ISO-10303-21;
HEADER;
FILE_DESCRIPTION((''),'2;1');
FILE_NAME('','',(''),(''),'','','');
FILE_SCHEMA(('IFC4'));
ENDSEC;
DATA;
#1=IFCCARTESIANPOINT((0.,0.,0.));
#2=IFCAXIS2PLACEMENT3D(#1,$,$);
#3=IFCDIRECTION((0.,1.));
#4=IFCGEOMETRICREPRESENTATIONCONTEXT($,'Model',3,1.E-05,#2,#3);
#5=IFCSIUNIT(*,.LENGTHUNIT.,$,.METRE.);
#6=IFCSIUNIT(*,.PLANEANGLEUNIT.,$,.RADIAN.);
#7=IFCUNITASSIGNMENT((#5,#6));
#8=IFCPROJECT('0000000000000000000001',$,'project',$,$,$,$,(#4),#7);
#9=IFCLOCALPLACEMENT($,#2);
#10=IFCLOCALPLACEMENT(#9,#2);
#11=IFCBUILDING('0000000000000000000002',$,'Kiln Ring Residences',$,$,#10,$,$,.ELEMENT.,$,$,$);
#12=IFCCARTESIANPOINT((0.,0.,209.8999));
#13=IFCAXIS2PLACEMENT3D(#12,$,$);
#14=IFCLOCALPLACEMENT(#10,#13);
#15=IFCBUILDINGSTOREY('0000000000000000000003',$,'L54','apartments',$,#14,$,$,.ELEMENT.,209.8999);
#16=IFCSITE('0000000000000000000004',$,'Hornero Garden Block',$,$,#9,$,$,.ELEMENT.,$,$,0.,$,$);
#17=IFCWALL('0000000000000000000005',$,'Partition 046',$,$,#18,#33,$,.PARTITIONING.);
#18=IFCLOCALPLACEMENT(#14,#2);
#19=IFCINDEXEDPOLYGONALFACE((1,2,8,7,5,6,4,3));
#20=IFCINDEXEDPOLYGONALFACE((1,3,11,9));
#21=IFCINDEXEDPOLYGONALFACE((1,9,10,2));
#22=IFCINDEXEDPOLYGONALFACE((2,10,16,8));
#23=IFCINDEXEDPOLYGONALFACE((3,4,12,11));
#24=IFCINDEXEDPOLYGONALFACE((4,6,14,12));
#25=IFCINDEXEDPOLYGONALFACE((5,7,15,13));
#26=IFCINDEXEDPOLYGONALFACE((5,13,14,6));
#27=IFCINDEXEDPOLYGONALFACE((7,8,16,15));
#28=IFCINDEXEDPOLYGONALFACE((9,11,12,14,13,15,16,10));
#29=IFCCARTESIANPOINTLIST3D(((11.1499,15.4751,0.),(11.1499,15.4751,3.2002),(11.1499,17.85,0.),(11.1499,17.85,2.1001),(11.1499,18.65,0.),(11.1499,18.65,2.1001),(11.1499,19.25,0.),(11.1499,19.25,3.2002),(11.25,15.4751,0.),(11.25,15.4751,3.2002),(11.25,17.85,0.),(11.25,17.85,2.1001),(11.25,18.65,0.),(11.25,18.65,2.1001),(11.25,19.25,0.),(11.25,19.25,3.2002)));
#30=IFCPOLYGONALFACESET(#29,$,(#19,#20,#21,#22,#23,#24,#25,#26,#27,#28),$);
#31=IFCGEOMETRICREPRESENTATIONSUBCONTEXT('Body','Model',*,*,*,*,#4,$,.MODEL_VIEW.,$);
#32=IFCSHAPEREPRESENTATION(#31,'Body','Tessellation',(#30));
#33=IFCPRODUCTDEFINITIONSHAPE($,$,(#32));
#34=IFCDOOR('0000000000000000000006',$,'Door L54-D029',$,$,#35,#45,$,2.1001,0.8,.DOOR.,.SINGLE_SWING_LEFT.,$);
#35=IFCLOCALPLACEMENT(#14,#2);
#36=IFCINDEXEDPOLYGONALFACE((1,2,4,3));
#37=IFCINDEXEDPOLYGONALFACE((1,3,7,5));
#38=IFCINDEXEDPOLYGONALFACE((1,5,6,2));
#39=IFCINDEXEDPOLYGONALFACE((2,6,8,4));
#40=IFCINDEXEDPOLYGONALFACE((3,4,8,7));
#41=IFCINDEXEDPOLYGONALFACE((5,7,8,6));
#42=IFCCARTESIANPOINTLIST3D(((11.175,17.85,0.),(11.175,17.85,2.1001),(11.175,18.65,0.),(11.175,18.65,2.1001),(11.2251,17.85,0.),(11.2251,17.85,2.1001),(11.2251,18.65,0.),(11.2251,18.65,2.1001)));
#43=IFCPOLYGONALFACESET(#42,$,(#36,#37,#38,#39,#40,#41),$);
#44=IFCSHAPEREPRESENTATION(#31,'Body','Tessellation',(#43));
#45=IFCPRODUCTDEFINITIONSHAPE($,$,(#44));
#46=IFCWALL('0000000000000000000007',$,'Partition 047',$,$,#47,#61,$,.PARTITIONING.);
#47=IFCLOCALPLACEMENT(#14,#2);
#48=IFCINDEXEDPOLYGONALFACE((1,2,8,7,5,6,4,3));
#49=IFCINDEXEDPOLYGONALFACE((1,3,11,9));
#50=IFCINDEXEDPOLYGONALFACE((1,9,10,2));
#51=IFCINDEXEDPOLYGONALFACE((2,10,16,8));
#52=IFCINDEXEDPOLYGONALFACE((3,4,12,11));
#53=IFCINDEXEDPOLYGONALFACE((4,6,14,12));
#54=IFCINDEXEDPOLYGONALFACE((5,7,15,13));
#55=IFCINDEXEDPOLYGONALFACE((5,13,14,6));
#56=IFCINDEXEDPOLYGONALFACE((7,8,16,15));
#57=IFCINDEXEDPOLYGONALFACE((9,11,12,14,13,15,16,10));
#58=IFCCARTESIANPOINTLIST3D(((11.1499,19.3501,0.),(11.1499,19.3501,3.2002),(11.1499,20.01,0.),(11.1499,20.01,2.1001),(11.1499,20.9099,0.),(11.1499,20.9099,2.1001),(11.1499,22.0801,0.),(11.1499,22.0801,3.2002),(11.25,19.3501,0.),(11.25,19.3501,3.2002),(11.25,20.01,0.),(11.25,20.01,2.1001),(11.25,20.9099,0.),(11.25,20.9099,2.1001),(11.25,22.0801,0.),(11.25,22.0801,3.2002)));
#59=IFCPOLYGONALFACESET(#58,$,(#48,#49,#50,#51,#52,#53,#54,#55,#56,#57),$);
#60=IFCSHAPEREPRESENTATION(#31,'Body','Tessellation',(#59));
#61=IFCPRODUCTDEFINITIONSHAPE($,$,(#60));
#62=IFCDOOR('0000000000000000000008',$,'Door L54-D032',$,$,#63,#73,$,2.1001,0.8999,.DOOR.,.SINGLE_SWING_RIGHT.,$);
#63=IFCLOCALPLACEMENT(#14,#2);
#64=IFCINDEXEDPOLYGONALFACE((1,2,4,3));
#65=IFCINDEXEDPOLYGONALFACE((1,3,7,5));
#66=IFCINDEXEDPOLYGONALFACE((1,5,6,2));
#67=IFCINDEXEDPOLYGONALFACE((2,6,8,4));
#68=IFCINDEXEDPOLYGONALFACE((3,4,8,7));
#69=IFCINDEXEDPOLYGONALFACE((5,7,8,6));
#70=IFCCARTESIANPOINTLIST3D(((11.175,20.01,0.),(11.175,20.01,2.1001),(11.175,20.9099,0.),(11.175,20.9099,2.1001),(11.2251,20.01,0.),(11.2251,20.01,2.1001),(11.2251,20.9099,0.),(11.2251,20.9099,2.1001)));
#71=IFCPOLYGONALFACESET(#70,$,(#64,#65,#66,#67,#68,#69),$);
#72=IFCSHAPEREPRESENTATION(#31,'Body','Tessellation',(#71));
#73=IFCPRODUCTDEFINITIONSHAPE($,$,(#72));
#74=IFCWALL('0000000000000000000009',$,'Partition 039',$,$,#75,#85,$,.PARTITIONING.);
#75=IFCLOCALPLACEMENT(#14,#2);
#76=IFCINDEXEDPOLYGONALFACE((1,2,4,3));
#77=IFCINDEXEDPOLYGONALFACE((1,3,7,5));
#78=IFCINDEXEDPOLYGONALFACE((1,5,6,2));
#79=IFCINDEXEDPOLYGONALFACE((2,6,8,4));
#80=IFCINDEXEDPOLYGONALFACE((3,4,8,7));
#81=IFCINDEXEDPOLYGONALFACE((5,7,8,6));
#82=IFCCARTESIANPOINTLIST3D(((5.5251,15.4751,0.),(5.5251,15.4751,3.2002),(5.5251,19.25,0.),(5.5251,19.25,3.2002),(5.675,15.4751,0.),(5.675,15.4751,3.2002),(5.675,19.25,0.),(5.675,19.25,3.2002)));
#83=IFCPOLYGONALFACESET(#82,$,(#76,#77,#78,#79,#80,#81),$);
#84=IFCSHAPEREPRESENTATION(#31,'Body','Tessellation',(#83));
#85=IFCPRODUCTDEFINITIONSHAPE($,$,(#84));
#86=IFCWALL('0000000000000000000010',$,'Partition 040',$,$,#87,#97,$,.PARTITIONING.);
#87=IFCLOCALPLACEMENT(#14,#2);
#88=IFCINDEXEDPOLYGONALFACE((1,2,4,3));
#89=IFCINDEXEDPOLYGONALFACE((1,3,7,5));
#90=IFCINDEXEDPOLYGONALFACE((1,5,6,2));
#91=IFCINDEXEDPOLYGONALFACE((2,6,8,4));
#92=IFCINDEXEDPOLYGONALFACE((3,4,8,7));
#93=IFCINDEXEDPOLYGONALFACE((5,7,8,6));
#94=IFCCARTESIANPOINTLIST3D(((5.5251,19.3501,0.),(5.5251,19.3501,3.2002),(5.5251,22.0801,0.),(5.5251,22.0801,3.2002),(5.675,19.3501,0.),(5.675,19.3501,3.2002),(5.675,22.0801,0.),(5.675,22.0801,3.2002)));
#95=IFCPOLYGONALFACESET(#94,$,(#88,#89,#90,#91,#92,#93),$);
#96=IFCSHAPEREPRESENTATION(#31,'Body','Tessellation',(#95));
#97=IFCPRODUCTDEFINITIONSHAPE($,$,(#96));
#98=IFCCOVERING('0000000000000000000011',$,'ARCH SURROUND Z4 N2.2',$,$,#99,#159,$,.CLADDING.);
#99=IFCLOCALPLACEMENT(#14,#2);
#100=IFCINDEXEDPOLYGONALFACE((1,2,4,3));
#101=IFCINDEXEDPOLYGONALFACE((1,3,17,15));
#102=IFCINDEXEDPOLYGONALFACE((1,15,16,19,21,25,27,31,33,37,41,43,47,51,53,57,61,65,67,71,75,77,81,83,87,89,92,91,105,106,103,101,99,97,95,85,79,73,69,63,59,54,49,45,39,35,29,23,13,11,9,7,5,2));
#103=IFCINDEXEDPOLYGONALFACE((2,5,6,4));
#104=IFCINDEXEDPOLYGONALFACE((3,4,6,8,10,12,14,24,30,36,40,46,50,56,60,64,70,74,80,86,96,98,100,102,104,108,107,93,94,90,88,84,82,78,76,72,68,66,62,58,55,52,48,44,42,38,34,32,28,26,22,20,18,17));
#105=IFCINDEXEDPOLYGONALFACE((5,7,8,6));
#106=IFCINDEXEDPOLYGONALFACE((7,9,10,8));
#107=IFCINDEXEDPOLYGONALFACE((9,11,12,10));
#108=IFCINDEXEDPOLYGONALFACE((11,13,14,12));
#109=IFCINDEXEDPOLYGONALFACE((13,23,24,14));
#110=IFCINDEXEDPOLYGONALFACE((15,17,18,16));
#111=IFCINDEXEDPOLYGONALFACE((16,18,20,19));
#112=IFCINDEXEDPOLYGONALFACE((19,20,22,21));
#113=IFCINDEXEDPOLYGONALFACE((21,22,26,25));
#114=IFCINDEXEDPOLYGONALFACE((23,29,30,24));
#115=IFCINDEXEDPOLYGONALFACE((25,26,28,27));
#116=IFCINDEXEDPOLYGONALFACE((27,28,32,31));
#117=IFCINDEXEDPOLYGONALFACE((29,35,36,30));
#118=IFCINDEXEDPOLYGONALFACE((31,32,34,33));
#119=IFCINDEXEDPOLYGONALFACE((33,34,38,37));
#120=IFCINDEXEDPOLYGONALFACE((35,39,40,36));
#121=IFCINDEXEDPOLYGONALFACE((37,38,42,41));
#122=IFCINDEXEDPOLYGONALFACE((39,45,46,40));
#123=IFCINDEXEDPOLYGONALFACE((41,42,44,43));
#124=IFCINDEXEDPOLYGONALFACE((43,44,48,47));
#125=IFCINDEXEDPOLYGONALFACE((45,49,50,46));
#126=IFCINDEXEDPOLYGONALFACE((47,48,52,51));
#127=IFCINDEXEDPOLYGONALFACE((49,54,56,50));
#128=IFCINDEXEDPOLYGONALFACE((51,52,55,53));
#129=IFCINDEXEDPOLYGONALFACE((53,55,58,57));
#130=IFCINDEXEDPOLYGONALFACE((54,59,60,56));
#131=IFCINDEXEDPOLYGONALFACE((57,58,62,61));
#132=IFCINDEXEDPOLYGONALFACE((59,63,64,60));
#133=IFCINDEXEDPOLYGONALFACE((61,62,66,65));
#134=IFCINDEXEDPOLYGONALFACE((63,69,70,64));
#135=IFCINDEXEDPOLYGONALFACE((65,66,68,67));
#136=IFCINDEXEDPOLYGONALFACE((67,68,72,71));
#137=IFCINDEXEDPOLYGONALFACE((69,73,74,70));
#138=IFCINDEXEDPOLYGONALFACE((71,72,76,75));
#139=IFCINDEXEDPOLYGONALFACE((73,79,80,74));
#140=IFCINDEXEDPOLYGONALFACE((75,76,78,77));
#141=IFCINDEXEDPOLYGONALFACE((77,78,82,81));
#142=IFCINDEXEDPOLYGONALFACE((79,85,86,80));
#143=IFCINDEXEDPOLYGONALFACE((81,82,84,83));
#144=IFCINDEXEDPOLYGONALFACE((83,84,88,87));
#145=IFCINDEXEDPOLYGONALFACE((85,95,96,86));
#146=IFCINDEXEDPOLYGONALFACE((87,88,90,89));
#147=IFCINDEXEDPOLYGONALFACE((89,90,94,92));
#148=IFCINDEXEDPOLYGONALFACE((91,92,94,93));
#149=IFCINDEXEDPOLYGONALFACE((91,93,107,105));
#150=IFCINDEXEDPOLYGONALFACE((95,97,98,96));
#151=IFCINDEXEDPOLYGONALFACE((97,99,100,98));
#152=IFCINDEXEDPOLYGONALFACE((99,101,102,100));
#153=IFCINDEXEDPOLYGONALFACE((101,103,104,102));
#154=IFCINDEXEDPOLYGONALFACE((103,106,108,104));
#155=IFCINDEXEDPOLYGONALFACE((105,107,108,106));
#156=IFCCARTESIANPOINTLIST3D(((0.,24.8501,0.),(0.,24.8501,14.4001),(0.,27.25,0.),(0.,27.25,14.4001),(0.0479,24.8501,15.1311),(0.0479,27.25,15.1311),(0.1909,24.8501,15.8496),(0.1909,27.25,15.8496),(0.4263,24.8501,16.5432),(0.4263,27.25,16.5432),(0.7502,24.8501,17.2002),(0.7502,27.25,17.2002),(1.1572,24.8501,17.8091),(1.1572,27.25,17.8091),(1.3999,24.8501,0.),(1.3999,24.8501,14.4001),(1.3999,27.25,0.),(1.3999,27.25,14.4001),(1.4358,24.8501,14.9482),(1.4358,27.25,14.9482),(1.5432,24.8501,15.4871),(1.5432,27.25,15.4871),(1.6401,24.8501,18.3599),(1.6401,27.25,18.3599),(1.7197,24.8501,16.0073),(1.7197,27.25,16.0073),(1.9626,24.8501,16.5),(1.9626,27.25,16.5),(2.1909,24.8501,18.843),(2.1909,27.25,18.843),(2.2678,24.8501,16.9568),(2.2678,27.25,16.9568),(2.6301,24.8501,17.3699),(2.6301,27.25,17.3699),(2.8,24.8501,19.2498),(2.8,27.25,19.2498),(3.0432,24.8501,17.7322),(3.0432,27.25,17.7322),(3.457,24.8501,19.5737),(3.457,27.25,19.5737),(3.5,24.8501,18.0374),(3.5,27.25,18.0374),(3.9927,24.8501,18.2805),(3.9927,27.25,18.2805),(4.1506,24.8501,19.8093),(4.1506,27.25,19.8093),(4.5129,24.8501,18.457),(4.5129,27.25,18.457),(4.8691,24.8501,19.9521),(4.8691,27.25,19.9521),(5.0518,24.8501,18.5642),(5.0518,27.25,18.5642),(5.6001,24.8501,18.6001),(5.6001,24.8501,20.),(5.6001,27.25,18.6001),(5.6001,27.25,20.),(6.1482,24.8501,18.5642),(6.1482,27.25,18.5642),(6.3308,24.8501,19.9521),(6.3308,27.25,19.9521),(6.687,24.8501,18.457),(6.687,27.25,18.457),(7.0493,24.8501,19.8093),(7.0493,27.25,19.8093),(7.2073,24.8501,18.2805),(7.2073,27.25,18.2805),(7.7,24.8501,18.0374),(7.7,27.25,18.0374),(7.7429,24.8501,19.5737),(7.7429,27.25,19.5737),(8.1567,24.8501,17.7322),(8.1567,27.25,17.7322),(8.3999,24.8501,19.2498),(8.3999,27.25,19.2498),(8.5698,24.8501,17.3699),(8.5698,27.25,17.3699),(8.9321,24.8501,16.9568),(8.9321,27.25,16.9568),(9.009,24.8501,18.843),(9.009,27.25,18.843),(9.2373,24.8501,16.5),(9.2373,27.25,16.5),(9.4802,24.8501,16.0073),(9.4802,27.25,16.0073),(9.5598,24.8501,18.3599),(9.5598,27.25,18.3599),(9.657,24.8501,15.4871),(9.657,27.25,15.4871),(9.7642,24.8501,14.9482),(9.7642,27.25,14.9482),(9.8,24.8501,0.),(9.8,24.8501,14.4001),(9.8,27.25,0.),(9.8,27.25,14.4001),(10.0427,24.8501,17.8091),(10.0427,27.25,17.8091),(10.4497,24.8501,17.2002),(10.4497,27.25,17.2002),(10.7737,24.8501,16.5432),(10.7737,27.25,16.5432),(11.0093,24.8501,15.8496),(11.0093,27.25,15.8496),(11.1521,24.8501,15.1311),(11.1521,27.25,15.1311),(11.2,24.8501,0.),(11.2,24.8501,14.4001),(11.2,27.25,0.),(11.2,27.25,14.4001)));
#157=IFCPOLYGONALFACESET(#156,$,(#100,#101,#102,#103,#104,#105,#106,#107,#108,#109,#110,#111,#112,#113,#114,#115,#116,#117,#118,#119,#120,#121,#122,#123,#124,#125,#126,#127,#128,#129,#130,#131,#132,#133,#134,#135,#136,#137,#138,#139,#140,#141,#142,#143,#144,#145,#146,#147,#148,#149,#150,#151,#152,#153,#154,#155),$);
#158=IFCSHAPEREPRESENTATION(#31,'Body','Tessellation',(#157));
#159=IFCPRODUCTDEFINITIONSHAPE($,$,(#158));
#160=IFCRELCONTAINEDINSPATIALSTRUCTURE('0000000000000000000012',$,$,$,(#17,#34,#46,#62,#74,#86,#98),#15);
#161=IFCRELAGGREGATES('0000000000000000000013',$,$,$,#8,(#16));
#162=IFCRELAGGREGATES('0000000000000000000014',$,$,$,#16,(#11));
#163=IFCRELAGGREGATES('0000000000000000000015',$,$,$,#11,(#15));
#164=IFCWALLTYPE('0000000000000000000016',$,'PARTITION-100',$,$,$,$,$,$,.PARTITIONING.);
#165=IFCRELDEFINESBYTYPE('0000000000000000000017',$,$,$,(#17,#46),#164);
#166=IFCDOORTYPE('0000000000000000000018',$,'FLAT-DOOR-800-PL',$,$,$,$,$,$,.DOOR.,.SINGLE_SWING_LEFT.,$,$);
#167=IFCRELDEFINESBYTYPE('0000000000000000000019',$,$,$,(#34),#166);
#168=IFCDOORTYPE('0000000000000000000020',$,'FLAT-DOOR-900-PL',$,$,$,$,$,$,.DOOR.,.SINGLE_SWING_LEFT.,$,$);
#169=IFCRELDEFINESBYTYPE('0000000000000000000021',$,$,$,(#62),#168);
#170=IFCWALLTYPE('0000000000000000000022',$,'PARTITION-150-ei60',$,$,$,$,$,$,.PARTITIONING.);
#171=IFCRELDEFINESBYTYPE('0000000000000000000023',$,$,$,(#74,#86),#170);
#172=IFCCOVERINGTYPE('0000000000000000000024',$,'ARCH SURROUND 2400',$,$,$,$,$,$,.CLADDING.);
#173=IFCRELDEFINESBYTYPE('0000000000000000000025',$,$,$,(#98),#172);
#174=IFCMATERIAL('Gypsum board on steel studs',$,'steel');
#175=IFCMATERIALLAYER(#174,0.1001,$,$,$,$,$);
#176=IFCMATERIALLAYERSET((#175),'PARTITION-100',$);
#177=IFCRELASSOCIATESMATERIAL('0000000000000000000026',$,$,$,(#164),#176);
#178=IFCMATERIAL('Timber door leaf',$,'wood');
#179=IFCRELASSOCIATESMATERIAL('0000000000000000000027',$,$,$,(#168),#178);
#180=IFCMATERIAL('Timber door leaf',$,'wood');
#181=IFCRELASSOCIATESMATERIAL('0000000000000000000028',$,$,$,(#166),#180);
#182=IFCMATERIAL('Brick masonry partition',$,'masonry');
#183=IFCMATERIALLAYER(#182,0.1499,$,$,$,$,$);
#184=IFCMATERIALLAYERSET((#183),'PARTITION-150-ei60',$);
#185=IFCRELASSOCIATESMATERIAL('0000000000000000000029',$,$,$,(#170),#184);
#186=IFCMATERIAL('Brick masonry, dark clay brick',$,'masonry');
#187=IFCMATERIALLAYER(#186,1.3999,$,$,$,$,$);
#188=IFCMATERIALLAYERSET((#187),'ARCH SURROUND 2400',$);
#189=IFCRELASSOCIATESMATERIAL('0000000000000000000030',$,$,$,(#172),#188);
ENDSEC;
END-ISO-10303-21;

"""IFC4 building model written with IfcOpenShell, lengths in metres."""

from ifc_helpers import new_model, si_unit, direction, frame, frame_2d, origin, place, context, subcontext, project, spatial, polyline, rectangle, outline, extrude, material, layer, layer_set, type_object, element, fill, save


model = new_model("IFC4")

# Units and contexts
model_context = context("Model", 3, precision=1e-05, world=origin(), true_north=direction((0.0, 1.0)))
body_context = subcontext(model_context, "Body", "Model", "MODEL_VIEW")
ifc_project = project(units=[si_unit("LENGTHUNIT", "METRE"), si_unit("PLANEANGLEUNIT", "RADIAN")], contexts=[model_context])

# Site, building, storey
site_placement = place(None, origin())
site = spatial("IfcSite", under=ifc_project, at=site_placement, Name="Hornero Garden Block", CompositionType="ELEMENT", RefElevation=0.0)
building_placement = place(site_placement, origin())
building = spatial("IfcBuilding", under=site, at=building_placement, Name="Kiln Ring Residences", CompositionType="ELEMENT")
storey_placement = place(building_placement, frame((0.0, 0.0, 209.8999)))
storey = spatial("IfcBuildingStorey", under=building, at=storey_placement, Name="L54", Description="apartments", CompositionType="ELEMENT", Elevation=209.8999)

# Shared definitions
ifc_material_1 = material(Name="Gypsum board on steel studs", Category="steel")
ifc_layer_1 = layer(ifc_material_1, 0.1001)
ifc_layer_set_1 = layer_set([ifc_layer_1], Name="PARTITION-100")
wall_type_1 = type_object("IfcWallType", Name="PARTITION-100", PredefinedType="PARTITIONING", material=ifc_layer_set_1)

# Walls, openings, doors
ifc_material_2 = material(Name="Timber door leaf", Category="wood")
door_type_1 = type_object("IfcDoorType", Name="FLAT-DOOR-900-PL", OperationType="SINGLE_SWING_LEFT", PredefinedType="DOOR", material=ifc_material_2)
wall_1_placement = place(storey_placement, frame((11.2, 15.4751, 0.0), z_axis=(0.0, 0.0, 1.0), x_axis=(0.0, 1.0, 0.0)))
wall_1 = element("IfcWall", 1, at=wall_1_placement, inside=storey, type_object=wall_type_1, Name="Partition 046", PredefinedType="PARTITIONING", context=body_context, shape_type="SweptSolid", body=[
    extrude(rectangle(XDim=3.7749, YDim=0.1001, at=frame_2d((1.8875, 0.0))), origin(), (0.0, 0.0, 1.0), 3.2002),
])
opening_1_placement = place(wall_1_placement, frame((2.375, 0.0, 0.0)))
opening_1 = element("IfcOpeningElement", 2, at=opening_1_placement, cuts=wall_1, PredefinedType="OPENING", context=body_context, shape_type="SweptSolid", body=[
    extrude(rectangle(XDim=0.8, YDim=2.1001, at=frame_2d((0.3999, 1.05))), frame((0.0, 0.0601, 0.0), z_axis=(0.0, -1.0, 0.0), x_axis=(1.0, 0.0, 0.0)), (0.0, 0.0, 1.0), 0.1201),
])
ifc_material_3 = material(Name="Timber door leaf", Category="wood")
door_type_2 = type_object("IfcDoorType", Name="FLAT-DOOR-800-PL", OperationType="SINGLE_SWING_LEFT", PredefinedType="DOOR", material=ifc_material_3)
door_1_placement = place(opening_1_placement, origin())
door_1 = element("IfcDoor", 3, at=door_1_placement, inside=storey, type_object=door_type_2, Name="Door L54-D029", OperationType="SINGLE_SWING_LEFT", OverallHeight=2.1001, OverallWidth=0.8, PredefinedType="DOOR", context=body_context, shape_type="SweptSolid", body=[
    extrude(rectangle(XDim=0.8, YDim=2.1001, at=frame_2d((0.3999, 1.05))), frame((0.0, 0.0249, 0.0), z_axis=(0.0, -1.0, 0.0), x_axis=(1.0, 0.0, 0.0)), (0.0, 0.0, 1.0), 0.05),
])
fill(opening_1, door_1)
wall_2_placement = place(storey_placement, frame((11.2, 19.3501, 0.0), z_axis=(0.0, 0.0, 1.0), x_axis=(0.0, 1.0, 0.0)))
wall_2 = element("IfcWall", 4, at=wall_2_placement, inside=storey, type_object=wall_type_1, Name="Partition 047", PredefinedType="PARTITIONING", context=body_context, shape_type="SweptSolid", body=[
    extrude(rectangle(XDim=2.73, YDim=0.1001, at=frame_2d((1.365, 0.0))), origin(), (0.0, 0.0, 1.0), 3.2002),
])
opening_2_placement = place(wall_2_placement, frame((0.6599, 0.0, 0.0)))
opening_2 = element("IfcOpeningElement", 5, at=opening_2_placement, cuts=wall_2, PredefinedType="OPENING", context=body_context, shape_type="SweptSolid", body=[
    extrude(rectangle(XDim=0.8999, YDim=2.1001, at=frame_2d((0.45, 1.05))), frame((0.0, 0.0601, 0.0), z_axis=(0.0, -1.0, 0.0), x_axis=(1.0, 0.0, 0.0)), (0.0, 0.0, 1.0), 0.1201),
])
door_2_placement = place(opening_2_placement, origin())
door_2 = element("IfcDoor", 6, at=door_2_placement, inside=storey, type_object=door_type_1, Name="Door L54-D032", OperationType="SINGLE_SWING_RIGHT", OverallHeight=2.1001, OverallWidth=0.8999, PredefinedType="DOOR", context=body_context, shape_type="SweptSolid", body=[
    extrude(rectangle(XDim=0.8999, YDim=2.1001, at=frame_2d((0.45, 1.05))), frame((0.0, 0.0249, 0.0), z_axis=(0.0, -1.0, 0.0), x_axis=(1.0, 0.0, 0.0)), (0.0, 0.0, 1.0), 0.05),
])
fill(opening_2, door_2)

# Walls
ifc_material_4 = material(Name="Brick masonry partition", Category="masonry")
ifc_layer_2 = layer(ifc_material_4, 0.1499)
ifc_layer_set_2 = layer_set([ifc_layer_2], Name="PARTITION-150-ei60")
wall_type_2 = type_object("IfcWallType", Name="PARTITION-150-ei60", PredefinedType="PARTITIONING", material=ifc_layer_set_2)
wall_3_placement = place(storey_placement, frame((5.6001, 15.4751, 0.0), z_axis=(0.0, 0.0, 1.0), x_axis=(0.0, 1.0, 0.0)))
element("IfcWall", 7, at=wall_3_placement, inside=storey, type_object=wall_type_2, Name="Partition 039", PredefinedType="PARTITIONING", context=body_context, shape_type="SweptSolid", body=[
    extrude(rectangle(XDim=3.7749, YDim=0.1499, at=frame_2d((1.8875, 0.0))), origin(), (0.0, 0.0, 1.0), 3.2002),
])
wall_4_placement = place(storey_placement, frame((5.6001, 19.3501, 0.0), z_axis=(0.0, 0.0, 1.0), x_axis=(0.0, 1.0, 0.0)))
element("IfcWall", 8, at=wall_4_placement, inside=storey, type_object=wall_type_2, Name="Partition 040", PredefinedType="PARTITIONING", context=body_context, shape_type="SweptSolid", body=[
    extrude(rectangle(XDim=2.73, YDim=0.1499, at=frame_2d((1.365, 0.0))), origin(), (0.0, 0.0, 1.0), 3.2002),
])

# Covering
ifc_material_5 = material(Name="Brick masonry, dark clay brick", Category="masonry")
ifc_layer_3 = layer(ifc_material_5, 1.3999)
ifc_layer_set_3 = layer_set([ifc_layer_3], Name="ARCH SURROUND 2400")
covering_type = type_object("IfcCoveringType", Name="ARCH SURROUND 2400", PredefinedType="CLADDING", material=ifc_layer_set_3)
covering_placement = place(storey_placement, frame((0.0, 26.05, 0.0), z_axis=(0.0, 0.0, 1.0), x_axis=(1.0, 0.0, 0.0)))
element("IfcCovering", 9, at=covering_placement, inside=storey, type_object=covering_type, Name="ARCH SURROUND Z4 N2.2", PredefinedType="CLADDING", context=body_context, shape_type="SweptSolid", body=[
    extrude(outline(polyline([(0.0, 0.0), (0.0, 14.4001), (0.0479, 15.1311), (0.1909, 15.8496), (0.4263, 16.5432), (0.7502, 17.2002), (1.1572, 17.8091), (1.6401, 18.3599), (2.1909, 18.843), (2.8, 19.2498), (3.457, 19.5737), (4.1506, 19.8093), (4.8691, 19.9521), (5.6001, 20.0), (6.3308, 19.9521), (7.0493, 19.8093), (7.7429, 19.5737), (8.3999, 19.2498), (9.009, 18.843), (9.5598, 18.3599), (10.0427, 17.8091), (10.4497, 17.2002), (10.7737, 16.5432), (11.0093, 15.8496), (11.1521, 15.1311), (11.2, 14.4001), (11.2, 0.0), (9.8, 0.0), (9.8, 14.4001), (9.7642, 14.9482), (9.657, 15.4871), (9.4802, 16.0073), (9.2373, 16.5), (8.9321, 16.9568), (8.5698, 17.3699), (8.1567, 17.7322), (7.7, 18.0374), (7.2073, 18.2805), (6.687, 18.457), (6.1482, 18.5642), (5.6001, 18.6001), (5.0518, 18.5642), (4.5129, 18.457), (3.9927, 18.2805), (3.5, 18.0374), (3.0432, 17.7322), (2.6301, 17.3699), (2.2678, 16.9568), (1.9626, 16.5), (1.7197, 16.0073), (1.5432, 15.4871), (1.4358, 14.9482), (1.3999, 14.4001), (1.3999, 0.0), (0.0, 0.0)])), frame((0.0, 1.2, 0.0), z_axis=(0.0, -1.0, 0.0), x_axis=(1.0, 0.0, 0.0)), (0.0, 0.0, 1.0), 2.3999),
])

save(model, "model.ifc")
